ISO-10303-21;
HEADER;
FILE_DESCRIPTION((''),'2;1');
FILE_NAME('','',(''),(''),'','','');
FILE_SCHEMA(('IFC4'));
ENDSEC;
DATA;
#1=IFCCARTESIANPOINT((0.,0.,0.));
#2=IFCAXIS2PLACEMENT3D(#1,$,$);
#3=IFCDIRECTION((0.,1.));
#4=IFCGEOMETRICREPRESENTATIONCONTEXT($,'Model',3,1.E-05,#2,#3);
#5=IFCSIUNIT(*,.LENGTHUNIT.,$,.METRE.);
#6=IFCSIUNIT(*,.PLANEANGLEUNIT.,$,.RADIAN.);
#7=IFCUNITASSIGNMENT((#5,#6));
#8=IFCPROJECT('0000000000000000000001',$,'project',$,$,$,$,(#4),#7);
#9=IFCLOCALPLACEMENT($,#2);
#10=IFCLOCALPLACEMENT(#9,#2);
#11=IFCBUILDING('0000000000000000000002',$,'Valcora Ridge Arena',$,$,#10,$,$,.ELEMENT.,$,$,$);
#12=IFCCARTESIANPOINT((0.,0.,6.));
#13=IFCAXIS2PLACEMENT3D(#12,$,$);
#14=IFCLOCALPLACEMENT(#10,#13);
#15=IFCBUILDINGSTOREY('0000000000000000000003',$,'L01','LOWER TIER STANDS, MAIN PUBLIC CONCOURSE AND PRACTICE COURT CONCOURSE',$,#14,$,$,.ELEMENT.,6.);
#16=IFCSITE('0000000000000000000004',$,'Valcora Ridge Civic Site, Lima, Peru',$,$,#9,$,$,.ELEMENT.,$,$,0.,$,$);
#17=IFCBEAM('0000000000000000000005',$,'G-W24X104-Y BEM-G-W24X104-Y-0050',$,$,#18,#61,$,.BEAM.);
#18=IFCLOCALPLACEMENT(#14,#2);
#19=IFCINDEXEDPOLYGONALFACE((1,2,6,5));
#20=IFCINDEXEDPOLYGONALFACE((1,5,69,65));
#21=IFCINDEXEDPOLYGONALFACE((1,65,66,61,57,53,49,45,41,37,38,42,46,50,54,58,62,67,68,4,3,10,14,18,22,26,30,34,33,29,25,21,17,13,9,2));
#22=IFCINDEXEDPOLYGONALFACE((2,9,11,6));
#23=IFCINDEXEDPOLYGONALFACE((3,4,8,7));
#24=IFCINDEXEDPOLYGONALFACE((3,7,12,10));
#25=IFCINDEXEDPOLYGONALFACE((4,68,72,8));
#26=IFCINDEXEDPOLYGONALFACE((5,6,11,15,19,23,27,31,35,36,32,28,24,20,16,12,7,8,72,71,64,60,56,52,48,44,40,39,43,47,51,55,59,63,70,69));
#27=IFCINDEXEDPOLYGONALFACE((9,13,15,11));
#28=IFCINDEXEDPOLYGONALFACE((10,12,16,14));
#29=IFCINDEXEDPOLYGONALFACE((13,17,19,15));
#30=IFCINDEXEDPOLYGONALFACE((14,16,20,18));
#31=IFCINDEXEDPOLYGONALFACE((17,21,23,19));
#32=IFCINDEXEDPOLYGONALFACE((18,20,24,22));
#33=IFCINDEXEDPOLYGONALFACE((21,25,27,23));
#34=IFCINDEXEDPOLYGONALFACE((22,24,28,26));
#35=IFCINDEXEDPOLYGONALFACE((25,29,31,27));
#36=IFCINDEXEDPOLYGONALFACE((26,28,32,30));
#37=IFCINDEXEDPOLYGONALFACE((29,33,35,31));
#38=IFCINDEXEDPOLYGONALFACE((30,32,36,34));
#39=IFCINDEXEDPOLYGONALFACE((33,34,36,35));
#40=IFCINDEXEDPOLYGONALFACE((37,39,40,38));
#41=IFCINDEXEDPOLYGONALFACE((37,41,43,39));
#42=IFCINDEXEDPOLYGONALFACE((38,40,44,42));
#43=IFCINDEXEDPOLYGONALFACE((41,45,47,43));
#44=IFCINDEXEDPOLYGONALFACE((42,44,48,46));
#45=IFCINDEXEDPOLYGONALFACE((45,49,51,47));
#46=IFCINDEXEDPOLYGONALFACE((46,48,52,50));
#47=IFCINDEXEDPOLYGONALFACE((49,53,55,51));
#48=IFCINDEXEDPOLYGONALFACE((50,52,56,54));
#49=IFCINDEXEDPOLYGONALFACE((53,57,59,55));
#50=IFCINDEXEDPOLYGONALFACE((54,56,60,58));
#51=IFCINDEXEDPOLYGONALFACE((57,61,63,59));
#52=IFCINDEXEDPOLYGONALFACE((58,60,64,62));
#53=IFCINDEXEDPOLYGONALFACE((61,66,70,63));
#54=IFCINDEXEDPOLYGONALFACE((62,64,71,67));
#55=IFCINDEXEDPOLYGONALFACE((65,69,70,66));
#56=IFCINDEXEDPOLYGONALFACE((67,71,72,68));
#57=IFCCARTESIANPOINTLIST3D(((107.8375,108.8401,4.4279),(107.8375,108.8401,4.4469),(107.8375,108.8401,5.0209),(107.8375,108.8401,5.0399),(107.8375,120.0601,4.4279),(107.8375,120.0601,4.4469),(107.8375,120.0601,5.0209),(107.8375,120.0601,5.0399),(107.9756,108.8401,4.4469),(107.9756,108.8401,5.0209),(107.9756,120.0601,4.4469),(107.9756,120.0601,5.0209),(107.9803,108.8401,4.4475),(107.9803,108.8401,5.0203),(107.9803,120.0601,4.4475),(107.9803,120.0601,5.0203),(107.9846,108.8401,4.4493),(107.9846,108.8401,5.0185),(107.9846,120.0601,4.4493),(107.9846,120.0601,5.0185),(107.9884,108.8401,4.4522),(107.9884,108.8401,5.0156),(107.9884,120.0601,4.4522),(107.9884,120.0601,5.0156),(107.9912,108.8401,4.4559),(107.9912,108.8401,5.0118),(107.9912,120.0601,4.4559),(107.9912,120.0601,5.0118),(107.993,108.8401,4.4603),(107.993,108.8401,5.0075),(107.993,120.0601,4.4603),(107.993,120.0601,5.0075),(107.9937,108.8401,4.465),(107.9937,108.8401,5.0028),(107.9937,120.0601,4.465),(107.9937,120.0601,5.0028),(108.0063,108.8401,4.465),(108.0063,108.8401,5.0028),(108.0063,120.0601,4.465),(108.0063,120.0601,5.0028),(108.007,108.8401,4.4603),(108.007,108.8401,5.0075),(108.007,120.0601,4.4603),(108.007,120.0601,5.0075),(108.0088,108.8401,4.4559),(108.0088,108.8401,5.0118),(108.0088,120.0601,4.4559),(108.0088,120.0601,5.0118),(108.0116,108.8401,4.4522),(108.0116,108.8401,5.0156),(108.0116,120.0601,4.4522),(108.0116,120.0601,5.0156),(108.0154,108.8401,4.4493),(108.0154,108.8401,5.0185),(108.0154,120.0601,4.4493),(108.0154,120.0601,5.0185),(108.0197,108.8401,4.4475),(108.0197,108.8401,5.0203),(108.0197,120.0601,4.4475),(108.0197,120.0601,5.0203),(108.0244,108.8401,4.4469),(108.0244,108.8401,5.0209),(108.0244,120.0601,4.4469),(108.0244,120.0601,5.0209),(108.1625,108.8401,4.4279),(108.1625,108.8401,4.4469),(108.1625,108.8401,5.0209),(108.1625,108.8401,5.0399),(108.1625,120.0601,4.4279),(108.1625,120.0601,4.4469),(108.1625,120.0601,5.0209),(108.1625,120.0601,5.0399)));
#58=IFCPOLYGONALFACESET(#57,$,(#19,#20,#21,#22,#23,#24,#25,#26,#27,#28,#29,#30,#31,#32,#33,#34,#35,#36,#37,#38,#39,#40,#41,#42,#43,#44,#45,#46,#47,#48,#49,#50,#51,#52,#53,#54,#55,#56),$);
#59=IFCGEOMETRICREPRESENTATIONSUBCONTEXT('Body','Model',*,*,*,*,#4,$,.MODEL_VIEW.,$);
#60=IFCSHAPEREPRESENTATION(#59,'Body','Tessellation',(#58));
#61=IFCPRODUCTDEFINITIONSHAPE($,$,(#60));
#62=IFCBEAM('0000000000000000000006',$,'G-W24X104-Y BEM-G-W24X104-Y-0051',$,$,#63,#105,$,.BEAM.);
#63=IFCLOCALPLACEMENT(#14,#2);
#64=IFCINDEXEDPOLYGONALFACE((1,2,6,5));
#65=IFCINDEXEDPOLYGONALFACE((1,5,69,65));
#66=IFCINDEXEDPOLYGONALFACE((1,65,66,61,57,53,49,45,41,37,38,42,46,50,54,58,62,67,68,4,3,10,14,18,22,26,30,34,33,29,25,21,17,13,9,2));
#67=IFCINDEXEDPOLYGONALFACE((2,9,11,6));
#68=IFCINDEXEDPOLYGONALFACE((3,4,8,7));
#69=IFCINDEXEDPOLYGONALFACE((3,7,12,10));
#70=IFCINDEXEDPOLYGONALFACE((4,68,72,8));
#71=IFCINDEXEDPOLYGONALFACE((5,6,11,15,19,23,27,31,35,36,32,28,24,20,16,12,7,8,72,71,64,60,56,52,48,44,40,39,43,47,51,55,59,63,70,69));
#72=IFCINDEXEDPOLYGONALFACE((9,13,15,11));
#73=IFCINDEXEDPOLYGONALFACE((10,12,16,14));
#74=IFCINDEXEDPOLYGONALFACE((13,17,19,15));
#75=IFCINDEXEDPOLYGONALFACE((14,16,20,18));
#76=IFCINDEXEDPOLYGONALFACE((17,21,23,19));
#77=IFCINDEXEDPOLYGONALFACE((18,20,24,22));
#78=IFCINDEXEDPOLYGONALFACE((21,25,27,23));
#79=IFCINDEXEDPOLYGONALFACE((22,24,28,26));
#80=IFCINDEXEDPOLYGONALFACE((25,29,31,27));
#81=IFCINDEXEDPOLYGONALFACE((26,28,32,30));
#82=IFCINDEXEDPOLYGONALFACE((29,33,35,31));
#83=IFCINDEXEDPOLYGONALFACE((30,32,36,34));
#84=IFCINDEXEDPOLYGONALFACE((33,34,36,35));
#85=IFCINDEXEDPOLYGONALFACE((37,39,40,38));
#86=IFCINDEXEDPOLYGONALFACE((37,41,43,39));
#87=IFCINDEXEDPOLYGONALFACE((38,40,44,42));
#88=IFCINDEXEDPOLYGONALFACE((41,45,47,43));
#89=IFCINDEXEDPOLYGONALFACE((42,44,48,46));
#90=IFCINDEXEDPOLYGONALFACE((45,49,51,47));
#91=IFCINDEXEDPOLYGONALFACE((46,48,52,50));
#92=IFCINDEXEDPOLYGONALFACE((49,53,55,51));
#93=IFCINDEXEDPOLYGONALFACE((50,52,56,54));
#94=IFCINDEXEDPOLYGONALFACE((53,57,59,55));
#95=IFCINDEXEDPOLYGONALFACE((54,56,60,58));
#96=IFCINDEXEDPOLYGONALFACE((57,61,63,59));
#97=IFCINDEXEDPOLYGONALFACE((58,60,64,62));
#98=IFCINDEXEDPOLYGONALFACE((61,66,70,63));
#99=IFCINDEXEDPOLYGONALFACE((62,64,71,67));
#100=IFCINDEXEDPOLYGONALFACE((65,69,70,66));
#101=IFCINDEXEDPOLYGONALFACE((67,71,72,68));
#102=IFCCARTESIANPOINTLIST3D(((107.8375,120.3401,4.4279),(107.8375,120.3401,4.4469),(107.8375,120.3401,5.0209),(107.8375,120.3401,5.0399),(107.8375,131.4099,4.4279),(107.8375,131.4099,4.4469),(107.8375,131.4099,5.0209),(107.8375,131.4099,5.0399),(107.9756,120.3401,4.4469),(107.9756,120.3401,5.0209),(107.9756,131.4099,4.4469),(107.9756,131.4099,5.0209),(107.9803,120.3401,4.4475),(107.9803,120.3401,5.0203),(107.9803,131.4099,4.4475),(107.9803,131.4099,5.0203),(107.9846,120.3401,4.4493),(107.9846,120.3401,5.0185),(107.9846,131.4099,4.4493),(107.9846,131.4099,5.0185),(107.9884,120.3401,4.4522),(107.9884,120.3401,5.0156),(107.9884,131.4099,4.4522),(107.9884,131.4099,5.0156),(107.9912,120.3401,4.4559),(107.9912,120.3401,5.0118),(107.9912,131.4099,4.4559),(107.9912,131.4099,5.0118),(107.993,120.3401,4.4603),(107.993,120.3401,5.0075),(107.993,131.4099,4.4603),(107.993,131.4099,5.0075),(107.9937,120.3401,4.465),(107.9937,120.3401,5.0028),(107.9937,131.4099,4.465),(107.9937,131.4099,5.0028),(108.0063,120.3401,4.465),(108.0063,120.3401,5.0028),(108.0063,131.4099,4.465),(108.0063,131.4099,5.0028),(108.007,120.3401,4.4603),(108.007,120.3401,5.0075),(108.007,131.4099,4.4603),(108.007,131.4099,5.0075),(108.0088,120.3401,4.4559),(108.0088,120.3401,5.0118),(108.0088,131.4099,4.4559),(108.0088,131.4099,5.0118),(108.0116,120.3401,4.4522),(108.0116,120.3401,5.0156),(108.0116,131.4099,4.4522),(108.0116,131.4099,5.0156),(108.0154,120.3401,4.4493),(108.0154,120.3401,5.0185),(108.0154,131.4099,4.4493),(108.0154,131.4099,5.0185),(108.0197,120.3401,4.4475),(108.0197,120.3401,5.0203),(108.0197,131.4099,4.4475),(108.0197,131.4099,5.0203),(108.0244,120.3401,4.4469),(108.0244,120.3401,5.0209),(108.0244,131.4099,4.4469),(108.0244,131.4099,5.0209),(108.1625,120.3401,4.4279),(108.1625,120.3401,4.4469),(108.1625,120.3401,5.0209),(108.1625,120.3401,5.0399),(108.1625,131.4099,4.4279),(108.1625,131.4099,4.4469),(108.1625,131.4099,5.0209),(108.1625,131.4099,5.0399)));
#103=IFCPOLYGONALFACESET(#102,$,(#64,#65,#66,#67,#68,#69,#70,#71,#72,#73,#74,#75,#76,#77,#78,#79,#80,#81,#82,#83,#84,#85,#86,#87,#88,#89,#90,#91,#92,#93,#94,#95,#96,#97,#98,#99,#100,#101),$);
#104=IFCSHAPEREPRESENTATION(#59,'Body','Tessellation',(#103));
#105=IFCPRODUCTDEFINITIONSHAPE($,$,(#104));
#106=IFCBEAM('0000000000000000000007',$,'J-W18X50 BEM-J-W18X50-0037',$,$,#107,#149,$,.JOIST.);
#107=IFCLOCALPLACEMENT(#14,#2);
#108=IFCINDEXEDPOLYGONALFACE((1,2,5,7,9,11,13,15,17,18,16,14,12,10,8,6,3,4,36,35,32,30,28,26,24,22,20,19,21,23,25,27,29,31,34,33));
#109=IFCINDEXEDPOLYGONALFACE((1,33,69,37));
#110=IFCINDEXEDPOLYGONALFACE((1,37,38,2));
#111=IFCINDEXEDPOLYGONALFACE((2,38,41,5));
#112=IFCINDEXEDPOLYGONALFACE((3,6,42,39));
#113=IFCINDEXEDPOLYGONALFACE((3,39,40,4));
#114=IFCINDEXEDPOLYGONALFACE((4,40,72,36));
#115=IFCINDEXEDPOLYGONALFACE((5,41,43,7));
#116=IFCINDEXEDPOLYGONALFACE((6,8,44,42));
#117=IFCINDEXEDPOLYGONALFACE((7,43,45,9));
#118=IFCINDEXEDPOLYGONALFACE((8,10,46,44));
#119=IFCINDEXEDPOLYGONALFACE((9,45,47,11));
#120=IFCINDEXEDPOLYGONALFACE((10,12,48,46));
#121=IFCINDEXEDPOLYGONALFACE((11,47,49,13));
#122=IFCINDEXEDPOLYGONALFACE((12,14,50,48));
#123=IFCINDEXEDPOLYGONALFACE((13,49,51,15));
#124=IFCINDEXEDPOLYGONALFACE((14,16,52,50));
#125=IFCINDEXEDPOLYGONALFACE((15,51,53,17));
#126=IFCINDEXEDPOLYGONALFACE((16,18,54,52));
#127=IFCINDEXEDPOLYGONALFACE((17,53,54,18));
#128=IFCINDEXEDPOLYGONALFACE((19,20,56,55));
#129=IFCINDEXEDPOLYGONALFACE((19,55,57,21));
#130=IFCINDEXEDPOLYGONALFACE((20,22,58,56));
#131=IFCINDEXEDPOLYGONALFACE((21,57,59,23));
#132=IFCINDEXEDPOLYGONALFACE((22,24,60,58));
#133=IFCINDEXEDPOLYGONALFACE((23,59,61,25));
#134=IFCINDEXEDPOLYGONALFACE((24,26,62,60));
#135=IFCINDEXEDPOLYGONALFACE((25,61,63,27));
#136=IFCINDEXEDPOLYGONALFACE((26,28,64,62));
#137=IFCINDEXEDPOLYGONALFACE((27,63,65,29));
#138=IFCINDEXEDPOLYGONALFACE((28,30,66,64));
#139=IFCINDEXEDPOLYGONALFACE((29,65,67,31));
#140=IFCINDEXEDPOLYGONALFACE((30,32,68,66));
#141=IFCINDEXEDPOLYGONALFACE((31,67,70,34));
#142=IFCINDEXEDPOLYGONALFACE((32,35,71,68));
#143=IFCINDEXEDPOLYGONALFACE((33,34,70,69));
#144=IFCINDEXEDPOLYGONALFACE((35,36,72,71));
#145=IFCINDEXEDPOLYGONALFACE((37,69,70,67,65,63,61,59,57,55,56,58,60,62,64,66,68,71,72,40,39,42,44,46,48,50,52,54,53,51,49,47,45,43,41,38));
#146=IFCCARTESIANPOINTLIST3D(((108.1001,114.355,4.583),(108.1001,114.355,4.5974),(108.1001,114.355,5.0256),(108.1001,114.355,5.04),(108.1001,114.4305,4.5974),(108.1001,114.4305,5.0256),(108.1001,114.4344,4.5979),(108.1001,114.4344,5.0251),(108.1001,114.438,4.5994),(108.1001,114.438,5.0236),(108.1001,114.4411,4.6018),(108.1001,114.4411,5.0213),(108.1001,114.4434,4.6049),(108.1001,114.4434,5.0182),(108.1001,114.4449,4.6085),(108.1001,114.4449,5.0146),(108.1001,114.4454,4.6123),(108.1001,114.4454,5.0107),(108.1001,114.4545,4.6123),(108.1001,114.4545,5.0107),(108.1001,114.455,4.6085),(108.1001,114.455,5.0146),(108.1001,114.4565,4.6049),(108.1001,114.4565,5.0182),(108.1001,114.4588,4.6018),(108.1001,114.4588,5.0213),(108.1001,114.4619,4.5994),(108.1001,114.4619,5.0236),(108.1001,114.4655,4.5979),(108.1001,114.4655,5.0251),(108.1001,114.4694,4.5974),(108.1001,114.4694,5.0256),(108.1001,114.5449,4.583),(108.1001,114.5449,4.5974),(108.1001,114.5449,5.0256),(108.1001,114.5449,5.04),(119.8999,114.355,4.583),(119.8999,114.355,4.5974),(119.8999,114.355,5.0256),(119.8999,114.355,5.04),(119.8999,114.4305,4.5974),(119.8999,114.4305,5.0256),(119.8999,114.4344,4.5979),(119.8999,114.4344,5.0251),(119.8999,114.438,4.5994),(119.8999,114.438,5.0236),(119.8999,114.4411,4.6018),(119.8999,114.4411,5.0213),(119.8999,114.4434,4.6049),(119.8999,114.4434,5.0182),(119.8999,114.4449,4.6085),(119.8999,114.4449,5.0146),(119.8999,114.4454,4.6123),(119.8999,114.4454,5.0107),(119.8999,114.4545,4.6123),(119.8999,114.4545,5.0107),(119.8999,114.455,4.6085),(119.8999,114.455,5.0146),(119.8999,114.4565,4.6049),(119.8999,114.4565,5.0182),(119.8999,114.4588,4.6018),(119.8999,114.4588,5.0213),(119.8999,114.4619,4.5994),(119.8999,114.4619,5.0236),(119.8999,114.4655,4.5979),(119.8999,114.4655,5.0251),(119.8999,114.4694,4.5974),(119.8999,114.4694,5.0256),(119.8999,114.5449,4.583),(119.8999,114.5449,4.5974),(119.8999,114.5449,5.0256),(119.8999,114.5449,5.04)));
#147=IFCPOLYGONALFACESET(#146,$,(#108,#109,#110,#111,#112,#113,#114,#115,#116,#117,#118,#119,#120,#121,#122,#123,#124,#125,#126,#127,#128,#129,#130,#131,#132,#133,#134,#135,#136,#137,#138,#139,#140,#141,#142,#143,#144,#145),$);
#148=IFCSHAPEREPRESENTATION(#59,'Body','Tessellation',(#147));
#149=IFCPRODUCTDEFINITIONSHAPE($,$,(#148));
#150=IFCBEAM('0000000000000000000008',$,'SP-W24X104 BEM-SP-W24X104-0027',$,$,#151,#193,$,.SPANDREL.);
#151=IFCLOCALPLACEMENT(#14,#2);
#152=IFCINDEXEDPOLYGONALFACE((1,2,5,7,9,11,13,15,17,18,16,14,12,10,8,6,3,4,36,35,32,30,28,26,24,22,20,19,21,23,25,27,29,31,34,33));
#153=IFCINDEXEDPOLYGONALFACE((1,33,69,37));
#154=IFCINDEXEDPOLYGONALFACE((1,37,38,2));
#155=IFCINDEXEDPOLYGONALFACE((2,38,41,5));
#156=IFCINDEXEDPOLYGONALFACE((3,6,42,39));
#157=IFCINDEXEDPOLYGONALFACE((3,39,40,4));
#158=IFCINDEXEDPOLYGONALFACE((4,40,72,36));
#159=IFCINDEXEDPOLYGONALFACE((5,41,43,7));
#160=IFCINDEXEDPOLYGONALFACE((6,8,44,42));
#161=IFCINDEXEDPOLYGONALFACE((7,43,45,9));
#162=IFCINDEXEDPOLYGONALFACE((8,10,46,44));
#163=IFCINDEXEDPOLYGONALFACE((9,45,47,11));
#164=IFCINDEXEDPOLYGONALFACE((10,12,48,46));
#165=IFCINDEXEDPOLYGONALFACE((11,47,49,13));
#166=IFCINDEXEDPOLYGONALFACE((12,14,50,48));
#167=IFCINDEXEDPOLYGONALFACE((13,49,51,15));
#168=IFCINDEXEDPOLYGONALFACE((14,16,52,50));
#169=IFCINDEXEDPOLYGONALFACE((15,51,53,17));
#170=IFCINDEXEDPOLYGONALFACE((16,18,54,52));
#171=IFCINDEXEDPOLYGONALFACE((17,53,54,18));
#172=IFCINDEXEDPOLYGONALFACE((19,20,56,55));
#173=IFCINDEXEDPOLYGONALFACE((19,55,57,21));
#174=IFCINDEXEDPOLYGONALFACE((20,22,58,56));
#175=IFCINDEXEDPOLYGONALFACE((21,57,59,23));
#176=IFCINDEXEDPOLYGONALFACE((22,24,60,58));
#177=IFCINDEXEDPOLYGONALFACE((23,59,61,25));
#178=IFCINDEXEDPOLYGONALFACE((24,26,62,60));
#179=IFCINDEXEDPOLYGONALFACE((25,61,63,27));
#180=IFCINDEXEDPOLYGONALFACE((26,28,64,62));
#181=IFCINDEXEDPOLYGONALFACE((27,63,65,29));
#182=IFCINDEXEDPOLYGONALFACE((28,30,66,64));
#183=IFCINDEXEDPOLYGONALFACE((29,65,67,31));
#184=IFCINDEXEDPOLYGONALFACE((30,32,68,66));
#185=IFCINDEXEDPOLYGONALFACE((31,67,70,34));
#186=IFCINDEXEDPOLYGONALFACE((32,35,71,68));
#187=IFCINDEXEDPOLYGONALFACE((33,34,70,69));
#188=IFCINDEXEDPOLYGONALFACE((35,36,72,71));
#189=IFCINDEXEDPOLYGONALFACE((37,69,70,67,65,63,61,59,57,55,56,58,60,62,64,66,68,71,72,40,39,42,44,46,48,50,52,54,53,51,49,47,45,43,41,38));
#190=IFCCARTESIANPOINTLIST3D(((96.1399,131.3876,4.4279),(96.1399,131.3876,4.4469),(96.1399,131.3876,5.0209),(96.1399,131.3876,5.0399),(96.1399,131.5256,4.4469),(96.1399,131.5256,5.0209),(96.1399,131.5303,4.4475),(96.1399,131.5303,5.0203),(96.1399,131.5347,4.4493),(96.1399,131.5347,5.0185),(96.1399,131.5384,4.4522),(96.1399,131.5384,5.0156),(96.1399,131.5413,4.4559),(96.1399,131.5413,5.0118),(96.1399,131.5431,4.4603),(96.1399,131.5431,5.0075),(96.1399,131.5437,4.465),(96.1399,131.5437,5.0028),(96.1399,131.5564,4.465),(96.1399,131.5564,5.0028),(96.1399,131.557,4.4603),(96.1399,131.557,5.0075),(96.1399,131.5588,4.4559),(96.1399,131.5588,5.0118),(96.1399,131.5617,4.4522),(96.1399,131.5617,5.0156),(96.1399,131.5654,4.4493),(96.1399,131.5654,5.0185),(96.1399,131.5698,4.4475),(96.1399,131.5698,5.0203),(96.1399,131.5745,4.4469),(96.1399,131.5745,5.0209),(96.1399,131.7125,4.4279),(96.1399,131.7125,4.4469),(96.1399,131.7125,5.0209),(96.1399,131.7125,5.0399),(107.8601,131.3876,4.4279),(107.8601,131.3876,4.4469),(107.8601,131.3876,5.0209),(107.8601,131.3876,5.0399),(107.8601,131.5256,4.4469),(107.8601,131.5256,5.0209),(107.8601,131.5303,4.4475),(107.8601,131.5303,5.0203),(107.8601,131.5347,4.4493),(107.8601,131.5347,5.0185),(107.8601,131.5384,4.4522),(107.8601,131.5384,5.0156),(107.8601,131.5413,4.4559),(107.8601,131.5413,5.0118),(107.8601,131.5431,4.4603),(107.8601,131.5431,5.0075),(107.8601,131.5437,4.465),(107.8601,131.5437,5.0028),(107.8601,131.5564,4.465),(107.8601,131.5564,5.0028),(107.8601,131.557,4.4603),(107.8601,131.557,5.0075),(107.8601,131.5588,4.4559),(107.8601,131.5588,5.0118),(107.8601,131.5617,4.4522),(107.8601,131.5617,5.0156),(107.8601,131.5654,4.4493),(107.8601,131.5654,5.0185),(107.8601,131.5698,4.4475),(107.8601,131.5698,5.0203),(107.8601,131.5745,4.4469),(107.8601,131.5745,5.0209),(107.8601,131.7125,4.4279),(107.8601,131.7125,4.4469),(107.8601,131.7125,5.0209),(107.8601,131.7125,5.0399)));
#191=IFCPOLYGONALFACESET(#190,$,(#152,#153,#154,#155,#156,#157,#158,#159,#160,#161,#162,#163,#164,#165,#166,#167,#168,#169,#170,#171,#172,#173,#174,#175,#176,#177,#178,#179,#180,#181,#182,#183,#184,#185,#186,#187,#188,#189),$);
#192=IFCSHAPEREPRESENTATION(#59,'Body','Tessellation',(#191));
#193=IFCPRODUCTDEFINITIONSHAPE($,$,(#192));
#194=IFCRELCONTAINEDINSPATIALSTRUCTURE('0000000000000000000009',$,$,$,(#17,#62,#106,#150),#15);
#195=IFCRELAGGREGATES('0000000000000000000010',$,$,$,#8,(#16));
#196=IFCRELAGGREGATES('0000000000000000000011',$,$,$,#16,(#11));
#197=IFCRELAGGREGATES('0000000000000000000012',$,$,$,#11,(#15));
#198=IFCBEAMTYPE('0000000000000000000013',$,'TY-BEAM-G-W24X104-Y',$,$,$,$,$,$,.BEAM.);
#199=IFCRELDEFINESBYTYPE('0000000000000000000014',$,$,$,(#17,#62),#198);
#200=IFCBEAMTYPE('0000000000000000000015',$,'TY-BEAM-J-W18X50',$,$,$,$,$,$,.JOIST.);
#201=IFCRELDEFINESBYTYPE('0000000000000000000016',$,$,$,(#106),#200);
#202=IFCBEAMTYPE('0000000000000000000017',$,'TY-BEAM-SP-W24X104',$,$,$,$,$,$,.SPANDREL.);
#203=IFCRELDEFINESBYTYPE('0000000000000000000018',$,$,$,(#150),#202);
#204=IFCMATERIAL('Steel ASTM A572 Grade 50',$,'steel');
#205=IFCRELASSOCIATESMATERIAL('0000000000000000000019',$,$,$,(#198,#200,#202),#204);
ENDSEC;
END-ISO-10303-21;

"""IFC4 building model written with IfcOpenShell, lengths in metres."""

from ifc_helpers import new_model, si_unit, direction, frame, origin, origin_2d, place, context, subcontext, project, spatial, i_section, extrude, material, material_profile, profile_set, type_object, element, save


model = new_model("IFC4")

# Units and contexts
model_context = context("Model", 3, precision=1e-05, world=origin(), true_north=direction((0.0, 1.0)))
body_context = subcontext(model_context, "Body", "Model", "MODEL_VIEW")
ifc_project = project(units=[si_unit("LENGTHUNIT", "METRE"), si_unit("PLANEANGLEUNIT", "RADIAN")], contexts=[model_context])

# Site, building, storey
site_placement = place(None, origin())
site = spatial("IfcSite", under=ifc_project, at=site_placement, Name="Valcora Ridge Civic Site, Lima, Peru", CompositionType="ELEMENT", RefElevation=0.0)
building_placement = place(site_placement, origin())
building = spatial("IfcBuilding", under=site, at=building_placement, Name="Valcora Ridge Arena", CompositionType="ELEMENT")
storey_placement = place(building_placement, frame((0.0, 0.0, 6.0)))
storey = spatial("IfcBuildingStorey", under=building, at=storey_placement, Name="L01", Description="LOWER TIER STANDS, MAIN PUBLIC CONCOURSE AND PRACTICE COURT CONCOURSE", CompositionType="ELEMENT", Elevation=6.0)

# Beams
ifc_material_1 = material(Name="Steel ASTM A572 Grade 50", Category="steel")
ifc_material_profile_1 = material_profile(ifc_material_1, i_section(OverallWidth=0.325, OverallDepth=0.6121, WebThickness=0.0127, FlangeThickness=0.019, FilletRadius=0.0181, at=origin_2d()), Name="W24X104")
ifc_profile_set_1 = profile_set([ifc_material_profile_1], Name="Steel ASTM A572 Grade 50")
beam_type_1 = type_object("IfcBeamType", Name="TY-BEAM-G-W24X104-Y", PredefinedType="BEAM", material=ifc_profile_set_1)
beam_1_placement = place(storey_placement, frame((108.0, 108.8401, 4.7339), z_axis=(0.0, 1.0, 0.0), x_axis=(-1.0, 0.0, 0.0)))
element("IfcBeam", 1, at=beam_1_placement, inside=storey, type_object=beam_type_1, Name="G-W24X104-Y BEM-G-W24X104-Y-0050", PredefinedType="BEAM", context=body_context, shape_type="SweptSolid", body=[
    extrude(i_section(OverallWidth=0.325, OverallDepth=0.6121, WebThickness=0.0127, FlangeThickness=0.019, FilletRadius=0.0181, at=origin_2d()), origin(), (0.0, 0.0, 1.0), 11.22),
])
beam_2_placement = place(storey_placement, frame((108.0, 120.3401, 4.7339), z_axis=(0.0, 1.0, 0.0), x_axis=(-1.0, 0.0, 0.0)))
element("IfcBeam", 2, at=beam_2_placement, inside=storey, type_object=beam_type_1, Name="G-W24X104-Y BEM-G-W24X104-Y-0051", PredefinedType="BEAM", context=body_context, shape_type="SweptSolid", body=[
    extrude(i_section(OverallWidth=0.325, OverallDepth=0.6121, WebThickness=0.0127, FlangeThickness=0.019, FilletRadius=0.0181, at=origin_2d()), origin(), (0.0, 0.0, 1.0), 11.0698),
])
ifc_material_profile_2 = material_profile(ifc_material_1, i_section(OverallWidth=0.1899, OverallDepth=0.457, WebThickness=0.009, FlangeThickness=0.0144, FilletRadius=0.0149, at=origin_2d()), Name="W18X50")
ifc_profile_set_2 = profile_set([ifc_material_profile_2], Name="Steel ASTM A572 Grade 50")
beam_type_2 = type_object("IfcBeamType", Name="TY-BEAM-J-W18X50", PredefinedType="JOIST", material=ifc_profile_set_2)
beam_3_placement = place(storey_placement, frame((108.1001, 114.45, 4.8115), z_axis=(1.0, 0.0, 0.0), x_axis=(0.0, 1.0, 0.0)))
element("IfcBeam", 3, at=beam_3_placement, inside=storey, type_object=beam_type_2, Name="J-W18X50 BEM-J-W18X50-0037", PredefinedType="JOIST", context=body_context, shape_type="SweptSolid", body=[
    extrude(i_section(OverallWidth=0.1899, OverallDepth=0.457, WebThickness=0.009, FlangeThickness=0.0144, FilletRadius=0.0149, at=origin_2d()), origin(), (0.0, 0.0, 1.0), 11.7998),
])
ifc_material_profile_3 = material_profile(ifc_material_1, i_section(OverallWidth=0.325, OverallDepth=0.6121, WebThickness=0.0127, FlangeThickness=0.019, FilletRadius=0.0181, at=origin_2d()), Name="W24X104")
ifc_profile_set_3 = profile_set([ifc_material_profile_3], Name="Steel ASTM A572 Grade 50")
beam_type_3 = type_object("IfcBeamType", Name="TY-BEAM-SP-W24X104", PredefinedType="SPANDREL", material=ifc_profile_set_3)
for number, where, z_axis, x_axis, name in (
    (4, (96.1399, 131.55, 4.7339), (1.0, 0.0, 0.0), (0.0, 1.0, 0.0), "SP-W24X104 BEM-SP-W24X104-0027"),
):
    element("IfcBeam", number, at=place(storey_placement, frame(where, z_axis=z_axis, x_axis=x_axis)), inside=storey, type_object=beam_type_3, Name=name, PredefinedType="SPANDREL", context=body_context, shape_type="SweptSolid", body=[
        extrude(i_section(OverallWidth=0.325, OverallDepth=0.6121, WebThickness=0.0127, FlangeThickness=0.019, FilletRadius=0.0181, at=origin_2d()), origin(), (0.0, 0.0, 1.0), 11.7202),
    ])

save(model, "model.ifc")
